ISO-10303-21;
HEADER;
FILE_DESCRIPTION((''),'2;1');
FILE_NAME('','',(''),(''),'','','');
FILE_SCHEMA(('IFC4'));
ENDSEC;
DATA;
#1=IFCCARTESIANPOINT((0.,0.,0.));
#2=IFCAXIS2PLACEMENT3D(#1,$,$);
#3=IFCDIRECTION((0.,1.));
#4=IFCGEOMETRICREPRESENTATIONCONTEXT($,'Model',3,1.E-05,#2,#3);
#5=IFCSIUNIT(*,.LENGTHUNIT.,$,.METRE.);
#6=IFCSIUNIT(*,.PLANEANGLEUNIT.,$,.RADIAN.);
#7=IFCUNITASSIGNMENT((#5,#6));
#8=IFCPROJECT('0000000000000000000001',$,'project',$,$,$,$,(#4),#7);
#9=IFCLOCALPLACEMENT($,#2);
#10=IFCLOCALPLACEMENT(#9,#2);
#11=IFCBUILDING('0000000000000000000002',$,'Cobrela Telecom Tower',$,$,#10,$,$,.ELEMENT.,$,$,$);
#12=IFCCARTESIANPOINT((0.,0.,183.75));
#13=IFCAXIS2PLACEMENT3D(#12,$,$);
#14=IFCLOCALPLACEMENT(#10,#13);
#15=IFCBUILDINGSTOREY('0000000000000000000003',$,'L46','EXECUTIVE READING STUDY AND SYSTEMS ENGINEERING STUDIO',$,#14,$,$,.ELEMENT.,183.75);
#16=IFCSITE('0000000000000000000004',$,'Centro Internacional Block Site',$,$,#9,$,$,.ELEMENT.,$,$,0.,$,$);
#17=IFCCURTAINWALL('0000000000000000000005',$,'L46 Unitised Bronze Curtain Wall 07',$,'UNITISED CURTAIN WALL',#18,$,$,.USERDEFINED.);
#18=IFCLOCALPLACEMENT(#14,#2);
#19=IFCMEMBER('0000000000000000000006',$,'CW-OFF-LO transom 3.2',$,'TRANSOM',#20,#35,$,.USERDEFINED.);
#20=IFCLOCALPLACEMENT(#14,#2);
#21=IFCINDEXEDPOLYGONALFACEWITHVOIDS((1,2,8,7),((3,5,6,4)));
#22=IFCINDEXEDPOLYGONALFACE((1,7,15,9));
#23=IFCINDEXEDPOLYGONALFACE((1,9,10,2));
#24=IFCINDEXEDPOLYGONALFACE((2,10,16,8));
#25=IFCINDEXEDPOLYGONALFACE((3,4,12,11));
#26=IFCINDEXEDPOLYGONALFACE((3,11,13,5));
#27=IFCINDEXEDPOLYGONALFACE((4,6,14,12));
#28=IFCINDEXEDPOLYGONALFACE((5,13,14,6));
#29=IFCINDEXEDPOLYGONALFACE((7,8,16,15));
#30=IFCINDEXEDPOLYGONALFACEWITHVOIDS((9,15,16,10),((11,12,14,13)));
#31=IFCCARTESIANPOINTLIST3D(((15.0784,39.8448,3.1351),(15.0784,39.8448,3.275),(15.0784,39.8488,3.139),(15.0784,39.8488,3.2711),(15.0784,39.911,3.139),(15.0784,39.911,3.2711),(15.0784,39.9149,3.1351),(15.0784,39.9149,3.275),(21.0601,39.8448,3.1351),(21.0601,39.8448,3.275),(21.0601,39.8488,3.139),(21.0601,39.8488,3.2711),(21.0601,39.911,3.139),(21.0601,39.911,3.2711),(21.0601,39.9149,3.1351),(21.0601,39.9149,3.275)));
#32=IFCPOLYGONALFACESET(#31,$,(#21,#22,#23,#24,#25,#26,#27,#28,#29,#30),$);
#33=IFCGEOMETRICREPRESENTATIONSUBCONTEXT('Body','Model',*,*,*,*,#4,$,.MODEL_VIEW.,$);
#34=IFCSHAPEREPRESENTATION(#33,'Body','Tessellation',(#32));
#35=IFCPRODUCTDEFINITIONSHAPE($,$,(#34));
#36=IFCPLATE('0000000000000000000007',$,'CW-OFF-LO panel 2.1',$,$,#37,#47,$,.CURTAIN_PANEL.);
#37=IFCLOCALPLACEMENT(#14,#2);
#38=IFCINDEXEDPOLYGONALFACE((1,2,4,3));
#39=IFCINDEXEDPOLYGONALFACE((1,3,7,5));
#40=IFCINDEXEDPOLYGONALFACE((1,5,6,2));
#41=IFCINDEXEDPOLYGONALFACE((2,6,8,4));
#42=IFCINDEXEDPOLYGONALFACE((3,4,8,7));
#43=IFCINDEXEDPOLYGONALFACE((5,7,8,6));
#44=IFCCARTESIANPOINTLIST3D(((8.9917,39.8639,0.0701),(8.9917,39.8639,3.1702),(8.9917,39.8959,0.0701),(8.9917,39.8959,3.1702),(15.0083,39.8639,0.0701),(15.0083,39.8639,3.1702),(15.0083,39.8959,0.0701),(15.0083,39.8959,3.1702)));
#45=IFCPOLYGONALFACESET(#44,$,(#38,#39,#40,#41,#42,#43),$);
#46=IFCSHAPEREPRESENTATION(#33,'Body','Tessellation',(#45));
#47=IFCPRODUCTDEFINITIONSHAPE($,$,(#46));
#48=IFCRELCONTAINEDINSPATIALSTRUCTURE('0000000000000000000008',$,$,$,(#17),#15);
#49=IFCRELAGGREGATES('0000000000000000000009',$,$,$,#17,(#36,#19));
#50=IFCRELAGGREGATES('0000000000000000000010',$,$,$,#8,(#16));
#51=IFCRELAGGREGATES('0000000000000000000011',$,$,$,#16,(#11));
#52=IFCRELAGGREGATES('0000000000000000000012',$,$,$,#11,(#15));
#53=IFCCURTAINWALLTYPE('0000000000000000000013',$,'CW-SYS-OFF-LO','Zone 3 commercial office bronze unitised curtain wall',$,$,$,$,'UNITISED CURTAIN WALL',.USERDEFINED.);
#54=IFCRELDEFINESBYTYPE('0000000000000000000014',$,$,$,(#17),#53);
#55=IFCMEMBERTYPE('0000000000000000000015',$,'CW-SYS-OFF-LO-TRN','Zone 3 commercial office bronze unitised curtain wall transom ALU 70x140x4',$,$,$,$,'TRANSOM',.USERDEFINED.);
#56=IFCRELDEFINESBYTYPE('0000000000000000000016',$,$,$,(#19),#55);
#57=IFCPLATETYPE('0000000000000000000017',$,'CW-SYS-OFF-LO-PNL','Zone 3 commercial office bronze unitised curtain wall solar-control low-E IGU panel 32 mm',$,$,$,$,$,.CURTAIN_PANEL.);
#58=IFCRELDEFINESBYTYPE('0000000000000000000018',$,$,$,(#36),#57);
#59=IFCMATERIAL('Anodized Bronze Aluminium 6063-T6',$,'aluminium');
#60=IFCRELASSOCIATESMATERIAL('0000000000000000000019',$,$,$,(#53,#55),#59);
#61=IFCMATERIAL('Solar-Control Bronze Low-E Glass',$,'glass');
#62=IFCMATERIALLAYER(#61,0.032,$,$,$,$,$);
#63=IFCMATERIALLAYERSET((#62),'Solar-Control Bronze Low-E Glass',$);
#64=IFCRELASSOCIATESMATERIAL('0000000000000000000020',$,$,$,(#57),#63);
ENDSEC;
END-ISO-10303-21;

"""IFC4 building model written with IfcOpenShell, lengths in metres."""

from ifc_helpers import new_model, si_unit, direction, frame, origin, origin_2d, place, context, subcontext, project, spatial, rectangle, hollow_rectangle, extrude, material, layer, layer_set, material_profile, profile_set, type_object, element, aggregate, save


model = new_model("IFC4")

# Units and contexts
model_context = context("Model", 3, precision=1e-05, world=origin(), true_north=direction((0.0, 1.0)))
body_context = subcontext(model_context, "Body", "Model", "MODEL_VIEW")
ifc_project = project(units=[si_unit("LENGTHUNIT", "METRE"), si_unit("PLANEANGLEUNIT", "RADIAN")], contexts=[model_context])

# Site, building, storey
site_placement = place(None, origin())
site = spatial("IfcSite", under=ifc_project, at=site_placement, Name="Centro Internacional Block Site", CompositionType="ELEMENT", RefElevation=0.0)
building_placement = place(site_placement, origin())
building = spatial("IfcBuilding", under=site, at=building_placement, Name="Cobrela Telecom Tower", CompositionType="ELEMENT")
storey_placement = place(building_placement, frame((0.0, 0.0, 183.75)))
storey = spatial("IfcBuildingStorey", under=building, at=storey_placement, Name="L46", Description="EXECUTIVE READING STUDY AND SYSTEMS ENGINEERING STUDIO", CompositionType="ELEMENT", Elevation=183.75)

# Curtain wall, member, plate
ifc_material_1 = material(Name="Anodized Bronze Aluminium 6063-T6", Category="aluminium")
curtain_wall_type = type_object("IfcCurtainWallType", Name="CW-SYS-OFF-LO", Description="Zone 3 commercial office bronze unitised curtain wall", ElementType="UNITISED CURTAIN WALL", PredefinedType="USERDEFINED", material=ifc_material_1)
curtain_wall_placement = place(storey_placement, origin())
curtain_wall = element("IfcCurtainWall", 1, at=curtain_wall_placement, inside=storey, type_object=curtain_wall_type, Name="L46 Unitised Bronze Curtain Wall 07", ObjectType="UNITISED CURTAIN WALL", PredefinedType="USERDEFINED")
ifc_material_profile_1 = material_profile(ifc_material_1, hollow_rectangle(XDim=0.0701, YDim=0.1399, WallThickness=0.0039, at=origin_2d()), Name="ALU 70x140x4")
ifc_profile_set_1 = profile_set([ifc_material_profile_1], Name="Anodized Bronze Aluminium 6063-T6")
member_type_1 = type_object("IfcMemberType", Name="CW-SYS-OFF-LO-TRN", Description="Zone 3 commercial office bronze unitised curtain wall transom ALU 70x140x4", ElementType="TRANSOM", PredefinedType="USERDEFINED", material=ifc_profile_set_1)
member_1_placement = place(storey_placement, frame((15.0784, 39.8799, 3.2051), z_axis=(1.0, 0.0, 0.0), x_axis=(0.0, 1.0, 0.0)))
member_1 = element("IfcMember", 2, at=member_1_placement, type_object=member_type_1, Name="CW-OFF-LO transom 3.2", ObjectType="TRANSOM", PredefinedType="USERDEFINED", context=body_context, shape_type="SweptSolid", body=[
    extrude(hollow_rectangle(XDim=0.0701, YDim=0.1399, WallThickness=0.0039, at=origin_2d()), origin(), (0.0, 0.0, 1.0), 5.9817),
])
ifc_material_2 = material(Name="Solar-Control Bronze Low-E Glass", Category="glass")
ifc_layer_1 = layer(ifc_material_2, 0.032)
ifc_layer_set_1 = layer_set([ifc_layer_1], Name="Solar-Control Bronze Low-E Glass")
plate_type = type_object("IfcPlateType", Name="CW-SYS-OFF-LO-PNL", Description="Zone 3 commercial office bronze unitised curtain wall solar-control low-E IGU panel 32 mm", PredefinedType="CURTAIN_PANEL", material=ifc_layer_set_1)
plate_placement = place(storey_placement, frame((12.0, 39.8799, 0.0701), z_axis=(0.0, 0.0, 1.0), x_axis=(1.0, 0.0, 0.0)))
plate = element("IfcPlate", 3, at=plate_placement, type_object=plate_type, Name="CW-OFF-LO panel 2.1", PredefinedType="CURTAIN_PANEL", context=body_context, shape_type="SweptSolid", body=[
    extrude(rectangle(XDim=6.0166, YDim=0.032, at=origin_2d()), origin(), (0.0, 0.0, 1.0), 3.1001),
])
aggregate(curtain_wall, [plate, member_1])

save(model, "model.ifc")
